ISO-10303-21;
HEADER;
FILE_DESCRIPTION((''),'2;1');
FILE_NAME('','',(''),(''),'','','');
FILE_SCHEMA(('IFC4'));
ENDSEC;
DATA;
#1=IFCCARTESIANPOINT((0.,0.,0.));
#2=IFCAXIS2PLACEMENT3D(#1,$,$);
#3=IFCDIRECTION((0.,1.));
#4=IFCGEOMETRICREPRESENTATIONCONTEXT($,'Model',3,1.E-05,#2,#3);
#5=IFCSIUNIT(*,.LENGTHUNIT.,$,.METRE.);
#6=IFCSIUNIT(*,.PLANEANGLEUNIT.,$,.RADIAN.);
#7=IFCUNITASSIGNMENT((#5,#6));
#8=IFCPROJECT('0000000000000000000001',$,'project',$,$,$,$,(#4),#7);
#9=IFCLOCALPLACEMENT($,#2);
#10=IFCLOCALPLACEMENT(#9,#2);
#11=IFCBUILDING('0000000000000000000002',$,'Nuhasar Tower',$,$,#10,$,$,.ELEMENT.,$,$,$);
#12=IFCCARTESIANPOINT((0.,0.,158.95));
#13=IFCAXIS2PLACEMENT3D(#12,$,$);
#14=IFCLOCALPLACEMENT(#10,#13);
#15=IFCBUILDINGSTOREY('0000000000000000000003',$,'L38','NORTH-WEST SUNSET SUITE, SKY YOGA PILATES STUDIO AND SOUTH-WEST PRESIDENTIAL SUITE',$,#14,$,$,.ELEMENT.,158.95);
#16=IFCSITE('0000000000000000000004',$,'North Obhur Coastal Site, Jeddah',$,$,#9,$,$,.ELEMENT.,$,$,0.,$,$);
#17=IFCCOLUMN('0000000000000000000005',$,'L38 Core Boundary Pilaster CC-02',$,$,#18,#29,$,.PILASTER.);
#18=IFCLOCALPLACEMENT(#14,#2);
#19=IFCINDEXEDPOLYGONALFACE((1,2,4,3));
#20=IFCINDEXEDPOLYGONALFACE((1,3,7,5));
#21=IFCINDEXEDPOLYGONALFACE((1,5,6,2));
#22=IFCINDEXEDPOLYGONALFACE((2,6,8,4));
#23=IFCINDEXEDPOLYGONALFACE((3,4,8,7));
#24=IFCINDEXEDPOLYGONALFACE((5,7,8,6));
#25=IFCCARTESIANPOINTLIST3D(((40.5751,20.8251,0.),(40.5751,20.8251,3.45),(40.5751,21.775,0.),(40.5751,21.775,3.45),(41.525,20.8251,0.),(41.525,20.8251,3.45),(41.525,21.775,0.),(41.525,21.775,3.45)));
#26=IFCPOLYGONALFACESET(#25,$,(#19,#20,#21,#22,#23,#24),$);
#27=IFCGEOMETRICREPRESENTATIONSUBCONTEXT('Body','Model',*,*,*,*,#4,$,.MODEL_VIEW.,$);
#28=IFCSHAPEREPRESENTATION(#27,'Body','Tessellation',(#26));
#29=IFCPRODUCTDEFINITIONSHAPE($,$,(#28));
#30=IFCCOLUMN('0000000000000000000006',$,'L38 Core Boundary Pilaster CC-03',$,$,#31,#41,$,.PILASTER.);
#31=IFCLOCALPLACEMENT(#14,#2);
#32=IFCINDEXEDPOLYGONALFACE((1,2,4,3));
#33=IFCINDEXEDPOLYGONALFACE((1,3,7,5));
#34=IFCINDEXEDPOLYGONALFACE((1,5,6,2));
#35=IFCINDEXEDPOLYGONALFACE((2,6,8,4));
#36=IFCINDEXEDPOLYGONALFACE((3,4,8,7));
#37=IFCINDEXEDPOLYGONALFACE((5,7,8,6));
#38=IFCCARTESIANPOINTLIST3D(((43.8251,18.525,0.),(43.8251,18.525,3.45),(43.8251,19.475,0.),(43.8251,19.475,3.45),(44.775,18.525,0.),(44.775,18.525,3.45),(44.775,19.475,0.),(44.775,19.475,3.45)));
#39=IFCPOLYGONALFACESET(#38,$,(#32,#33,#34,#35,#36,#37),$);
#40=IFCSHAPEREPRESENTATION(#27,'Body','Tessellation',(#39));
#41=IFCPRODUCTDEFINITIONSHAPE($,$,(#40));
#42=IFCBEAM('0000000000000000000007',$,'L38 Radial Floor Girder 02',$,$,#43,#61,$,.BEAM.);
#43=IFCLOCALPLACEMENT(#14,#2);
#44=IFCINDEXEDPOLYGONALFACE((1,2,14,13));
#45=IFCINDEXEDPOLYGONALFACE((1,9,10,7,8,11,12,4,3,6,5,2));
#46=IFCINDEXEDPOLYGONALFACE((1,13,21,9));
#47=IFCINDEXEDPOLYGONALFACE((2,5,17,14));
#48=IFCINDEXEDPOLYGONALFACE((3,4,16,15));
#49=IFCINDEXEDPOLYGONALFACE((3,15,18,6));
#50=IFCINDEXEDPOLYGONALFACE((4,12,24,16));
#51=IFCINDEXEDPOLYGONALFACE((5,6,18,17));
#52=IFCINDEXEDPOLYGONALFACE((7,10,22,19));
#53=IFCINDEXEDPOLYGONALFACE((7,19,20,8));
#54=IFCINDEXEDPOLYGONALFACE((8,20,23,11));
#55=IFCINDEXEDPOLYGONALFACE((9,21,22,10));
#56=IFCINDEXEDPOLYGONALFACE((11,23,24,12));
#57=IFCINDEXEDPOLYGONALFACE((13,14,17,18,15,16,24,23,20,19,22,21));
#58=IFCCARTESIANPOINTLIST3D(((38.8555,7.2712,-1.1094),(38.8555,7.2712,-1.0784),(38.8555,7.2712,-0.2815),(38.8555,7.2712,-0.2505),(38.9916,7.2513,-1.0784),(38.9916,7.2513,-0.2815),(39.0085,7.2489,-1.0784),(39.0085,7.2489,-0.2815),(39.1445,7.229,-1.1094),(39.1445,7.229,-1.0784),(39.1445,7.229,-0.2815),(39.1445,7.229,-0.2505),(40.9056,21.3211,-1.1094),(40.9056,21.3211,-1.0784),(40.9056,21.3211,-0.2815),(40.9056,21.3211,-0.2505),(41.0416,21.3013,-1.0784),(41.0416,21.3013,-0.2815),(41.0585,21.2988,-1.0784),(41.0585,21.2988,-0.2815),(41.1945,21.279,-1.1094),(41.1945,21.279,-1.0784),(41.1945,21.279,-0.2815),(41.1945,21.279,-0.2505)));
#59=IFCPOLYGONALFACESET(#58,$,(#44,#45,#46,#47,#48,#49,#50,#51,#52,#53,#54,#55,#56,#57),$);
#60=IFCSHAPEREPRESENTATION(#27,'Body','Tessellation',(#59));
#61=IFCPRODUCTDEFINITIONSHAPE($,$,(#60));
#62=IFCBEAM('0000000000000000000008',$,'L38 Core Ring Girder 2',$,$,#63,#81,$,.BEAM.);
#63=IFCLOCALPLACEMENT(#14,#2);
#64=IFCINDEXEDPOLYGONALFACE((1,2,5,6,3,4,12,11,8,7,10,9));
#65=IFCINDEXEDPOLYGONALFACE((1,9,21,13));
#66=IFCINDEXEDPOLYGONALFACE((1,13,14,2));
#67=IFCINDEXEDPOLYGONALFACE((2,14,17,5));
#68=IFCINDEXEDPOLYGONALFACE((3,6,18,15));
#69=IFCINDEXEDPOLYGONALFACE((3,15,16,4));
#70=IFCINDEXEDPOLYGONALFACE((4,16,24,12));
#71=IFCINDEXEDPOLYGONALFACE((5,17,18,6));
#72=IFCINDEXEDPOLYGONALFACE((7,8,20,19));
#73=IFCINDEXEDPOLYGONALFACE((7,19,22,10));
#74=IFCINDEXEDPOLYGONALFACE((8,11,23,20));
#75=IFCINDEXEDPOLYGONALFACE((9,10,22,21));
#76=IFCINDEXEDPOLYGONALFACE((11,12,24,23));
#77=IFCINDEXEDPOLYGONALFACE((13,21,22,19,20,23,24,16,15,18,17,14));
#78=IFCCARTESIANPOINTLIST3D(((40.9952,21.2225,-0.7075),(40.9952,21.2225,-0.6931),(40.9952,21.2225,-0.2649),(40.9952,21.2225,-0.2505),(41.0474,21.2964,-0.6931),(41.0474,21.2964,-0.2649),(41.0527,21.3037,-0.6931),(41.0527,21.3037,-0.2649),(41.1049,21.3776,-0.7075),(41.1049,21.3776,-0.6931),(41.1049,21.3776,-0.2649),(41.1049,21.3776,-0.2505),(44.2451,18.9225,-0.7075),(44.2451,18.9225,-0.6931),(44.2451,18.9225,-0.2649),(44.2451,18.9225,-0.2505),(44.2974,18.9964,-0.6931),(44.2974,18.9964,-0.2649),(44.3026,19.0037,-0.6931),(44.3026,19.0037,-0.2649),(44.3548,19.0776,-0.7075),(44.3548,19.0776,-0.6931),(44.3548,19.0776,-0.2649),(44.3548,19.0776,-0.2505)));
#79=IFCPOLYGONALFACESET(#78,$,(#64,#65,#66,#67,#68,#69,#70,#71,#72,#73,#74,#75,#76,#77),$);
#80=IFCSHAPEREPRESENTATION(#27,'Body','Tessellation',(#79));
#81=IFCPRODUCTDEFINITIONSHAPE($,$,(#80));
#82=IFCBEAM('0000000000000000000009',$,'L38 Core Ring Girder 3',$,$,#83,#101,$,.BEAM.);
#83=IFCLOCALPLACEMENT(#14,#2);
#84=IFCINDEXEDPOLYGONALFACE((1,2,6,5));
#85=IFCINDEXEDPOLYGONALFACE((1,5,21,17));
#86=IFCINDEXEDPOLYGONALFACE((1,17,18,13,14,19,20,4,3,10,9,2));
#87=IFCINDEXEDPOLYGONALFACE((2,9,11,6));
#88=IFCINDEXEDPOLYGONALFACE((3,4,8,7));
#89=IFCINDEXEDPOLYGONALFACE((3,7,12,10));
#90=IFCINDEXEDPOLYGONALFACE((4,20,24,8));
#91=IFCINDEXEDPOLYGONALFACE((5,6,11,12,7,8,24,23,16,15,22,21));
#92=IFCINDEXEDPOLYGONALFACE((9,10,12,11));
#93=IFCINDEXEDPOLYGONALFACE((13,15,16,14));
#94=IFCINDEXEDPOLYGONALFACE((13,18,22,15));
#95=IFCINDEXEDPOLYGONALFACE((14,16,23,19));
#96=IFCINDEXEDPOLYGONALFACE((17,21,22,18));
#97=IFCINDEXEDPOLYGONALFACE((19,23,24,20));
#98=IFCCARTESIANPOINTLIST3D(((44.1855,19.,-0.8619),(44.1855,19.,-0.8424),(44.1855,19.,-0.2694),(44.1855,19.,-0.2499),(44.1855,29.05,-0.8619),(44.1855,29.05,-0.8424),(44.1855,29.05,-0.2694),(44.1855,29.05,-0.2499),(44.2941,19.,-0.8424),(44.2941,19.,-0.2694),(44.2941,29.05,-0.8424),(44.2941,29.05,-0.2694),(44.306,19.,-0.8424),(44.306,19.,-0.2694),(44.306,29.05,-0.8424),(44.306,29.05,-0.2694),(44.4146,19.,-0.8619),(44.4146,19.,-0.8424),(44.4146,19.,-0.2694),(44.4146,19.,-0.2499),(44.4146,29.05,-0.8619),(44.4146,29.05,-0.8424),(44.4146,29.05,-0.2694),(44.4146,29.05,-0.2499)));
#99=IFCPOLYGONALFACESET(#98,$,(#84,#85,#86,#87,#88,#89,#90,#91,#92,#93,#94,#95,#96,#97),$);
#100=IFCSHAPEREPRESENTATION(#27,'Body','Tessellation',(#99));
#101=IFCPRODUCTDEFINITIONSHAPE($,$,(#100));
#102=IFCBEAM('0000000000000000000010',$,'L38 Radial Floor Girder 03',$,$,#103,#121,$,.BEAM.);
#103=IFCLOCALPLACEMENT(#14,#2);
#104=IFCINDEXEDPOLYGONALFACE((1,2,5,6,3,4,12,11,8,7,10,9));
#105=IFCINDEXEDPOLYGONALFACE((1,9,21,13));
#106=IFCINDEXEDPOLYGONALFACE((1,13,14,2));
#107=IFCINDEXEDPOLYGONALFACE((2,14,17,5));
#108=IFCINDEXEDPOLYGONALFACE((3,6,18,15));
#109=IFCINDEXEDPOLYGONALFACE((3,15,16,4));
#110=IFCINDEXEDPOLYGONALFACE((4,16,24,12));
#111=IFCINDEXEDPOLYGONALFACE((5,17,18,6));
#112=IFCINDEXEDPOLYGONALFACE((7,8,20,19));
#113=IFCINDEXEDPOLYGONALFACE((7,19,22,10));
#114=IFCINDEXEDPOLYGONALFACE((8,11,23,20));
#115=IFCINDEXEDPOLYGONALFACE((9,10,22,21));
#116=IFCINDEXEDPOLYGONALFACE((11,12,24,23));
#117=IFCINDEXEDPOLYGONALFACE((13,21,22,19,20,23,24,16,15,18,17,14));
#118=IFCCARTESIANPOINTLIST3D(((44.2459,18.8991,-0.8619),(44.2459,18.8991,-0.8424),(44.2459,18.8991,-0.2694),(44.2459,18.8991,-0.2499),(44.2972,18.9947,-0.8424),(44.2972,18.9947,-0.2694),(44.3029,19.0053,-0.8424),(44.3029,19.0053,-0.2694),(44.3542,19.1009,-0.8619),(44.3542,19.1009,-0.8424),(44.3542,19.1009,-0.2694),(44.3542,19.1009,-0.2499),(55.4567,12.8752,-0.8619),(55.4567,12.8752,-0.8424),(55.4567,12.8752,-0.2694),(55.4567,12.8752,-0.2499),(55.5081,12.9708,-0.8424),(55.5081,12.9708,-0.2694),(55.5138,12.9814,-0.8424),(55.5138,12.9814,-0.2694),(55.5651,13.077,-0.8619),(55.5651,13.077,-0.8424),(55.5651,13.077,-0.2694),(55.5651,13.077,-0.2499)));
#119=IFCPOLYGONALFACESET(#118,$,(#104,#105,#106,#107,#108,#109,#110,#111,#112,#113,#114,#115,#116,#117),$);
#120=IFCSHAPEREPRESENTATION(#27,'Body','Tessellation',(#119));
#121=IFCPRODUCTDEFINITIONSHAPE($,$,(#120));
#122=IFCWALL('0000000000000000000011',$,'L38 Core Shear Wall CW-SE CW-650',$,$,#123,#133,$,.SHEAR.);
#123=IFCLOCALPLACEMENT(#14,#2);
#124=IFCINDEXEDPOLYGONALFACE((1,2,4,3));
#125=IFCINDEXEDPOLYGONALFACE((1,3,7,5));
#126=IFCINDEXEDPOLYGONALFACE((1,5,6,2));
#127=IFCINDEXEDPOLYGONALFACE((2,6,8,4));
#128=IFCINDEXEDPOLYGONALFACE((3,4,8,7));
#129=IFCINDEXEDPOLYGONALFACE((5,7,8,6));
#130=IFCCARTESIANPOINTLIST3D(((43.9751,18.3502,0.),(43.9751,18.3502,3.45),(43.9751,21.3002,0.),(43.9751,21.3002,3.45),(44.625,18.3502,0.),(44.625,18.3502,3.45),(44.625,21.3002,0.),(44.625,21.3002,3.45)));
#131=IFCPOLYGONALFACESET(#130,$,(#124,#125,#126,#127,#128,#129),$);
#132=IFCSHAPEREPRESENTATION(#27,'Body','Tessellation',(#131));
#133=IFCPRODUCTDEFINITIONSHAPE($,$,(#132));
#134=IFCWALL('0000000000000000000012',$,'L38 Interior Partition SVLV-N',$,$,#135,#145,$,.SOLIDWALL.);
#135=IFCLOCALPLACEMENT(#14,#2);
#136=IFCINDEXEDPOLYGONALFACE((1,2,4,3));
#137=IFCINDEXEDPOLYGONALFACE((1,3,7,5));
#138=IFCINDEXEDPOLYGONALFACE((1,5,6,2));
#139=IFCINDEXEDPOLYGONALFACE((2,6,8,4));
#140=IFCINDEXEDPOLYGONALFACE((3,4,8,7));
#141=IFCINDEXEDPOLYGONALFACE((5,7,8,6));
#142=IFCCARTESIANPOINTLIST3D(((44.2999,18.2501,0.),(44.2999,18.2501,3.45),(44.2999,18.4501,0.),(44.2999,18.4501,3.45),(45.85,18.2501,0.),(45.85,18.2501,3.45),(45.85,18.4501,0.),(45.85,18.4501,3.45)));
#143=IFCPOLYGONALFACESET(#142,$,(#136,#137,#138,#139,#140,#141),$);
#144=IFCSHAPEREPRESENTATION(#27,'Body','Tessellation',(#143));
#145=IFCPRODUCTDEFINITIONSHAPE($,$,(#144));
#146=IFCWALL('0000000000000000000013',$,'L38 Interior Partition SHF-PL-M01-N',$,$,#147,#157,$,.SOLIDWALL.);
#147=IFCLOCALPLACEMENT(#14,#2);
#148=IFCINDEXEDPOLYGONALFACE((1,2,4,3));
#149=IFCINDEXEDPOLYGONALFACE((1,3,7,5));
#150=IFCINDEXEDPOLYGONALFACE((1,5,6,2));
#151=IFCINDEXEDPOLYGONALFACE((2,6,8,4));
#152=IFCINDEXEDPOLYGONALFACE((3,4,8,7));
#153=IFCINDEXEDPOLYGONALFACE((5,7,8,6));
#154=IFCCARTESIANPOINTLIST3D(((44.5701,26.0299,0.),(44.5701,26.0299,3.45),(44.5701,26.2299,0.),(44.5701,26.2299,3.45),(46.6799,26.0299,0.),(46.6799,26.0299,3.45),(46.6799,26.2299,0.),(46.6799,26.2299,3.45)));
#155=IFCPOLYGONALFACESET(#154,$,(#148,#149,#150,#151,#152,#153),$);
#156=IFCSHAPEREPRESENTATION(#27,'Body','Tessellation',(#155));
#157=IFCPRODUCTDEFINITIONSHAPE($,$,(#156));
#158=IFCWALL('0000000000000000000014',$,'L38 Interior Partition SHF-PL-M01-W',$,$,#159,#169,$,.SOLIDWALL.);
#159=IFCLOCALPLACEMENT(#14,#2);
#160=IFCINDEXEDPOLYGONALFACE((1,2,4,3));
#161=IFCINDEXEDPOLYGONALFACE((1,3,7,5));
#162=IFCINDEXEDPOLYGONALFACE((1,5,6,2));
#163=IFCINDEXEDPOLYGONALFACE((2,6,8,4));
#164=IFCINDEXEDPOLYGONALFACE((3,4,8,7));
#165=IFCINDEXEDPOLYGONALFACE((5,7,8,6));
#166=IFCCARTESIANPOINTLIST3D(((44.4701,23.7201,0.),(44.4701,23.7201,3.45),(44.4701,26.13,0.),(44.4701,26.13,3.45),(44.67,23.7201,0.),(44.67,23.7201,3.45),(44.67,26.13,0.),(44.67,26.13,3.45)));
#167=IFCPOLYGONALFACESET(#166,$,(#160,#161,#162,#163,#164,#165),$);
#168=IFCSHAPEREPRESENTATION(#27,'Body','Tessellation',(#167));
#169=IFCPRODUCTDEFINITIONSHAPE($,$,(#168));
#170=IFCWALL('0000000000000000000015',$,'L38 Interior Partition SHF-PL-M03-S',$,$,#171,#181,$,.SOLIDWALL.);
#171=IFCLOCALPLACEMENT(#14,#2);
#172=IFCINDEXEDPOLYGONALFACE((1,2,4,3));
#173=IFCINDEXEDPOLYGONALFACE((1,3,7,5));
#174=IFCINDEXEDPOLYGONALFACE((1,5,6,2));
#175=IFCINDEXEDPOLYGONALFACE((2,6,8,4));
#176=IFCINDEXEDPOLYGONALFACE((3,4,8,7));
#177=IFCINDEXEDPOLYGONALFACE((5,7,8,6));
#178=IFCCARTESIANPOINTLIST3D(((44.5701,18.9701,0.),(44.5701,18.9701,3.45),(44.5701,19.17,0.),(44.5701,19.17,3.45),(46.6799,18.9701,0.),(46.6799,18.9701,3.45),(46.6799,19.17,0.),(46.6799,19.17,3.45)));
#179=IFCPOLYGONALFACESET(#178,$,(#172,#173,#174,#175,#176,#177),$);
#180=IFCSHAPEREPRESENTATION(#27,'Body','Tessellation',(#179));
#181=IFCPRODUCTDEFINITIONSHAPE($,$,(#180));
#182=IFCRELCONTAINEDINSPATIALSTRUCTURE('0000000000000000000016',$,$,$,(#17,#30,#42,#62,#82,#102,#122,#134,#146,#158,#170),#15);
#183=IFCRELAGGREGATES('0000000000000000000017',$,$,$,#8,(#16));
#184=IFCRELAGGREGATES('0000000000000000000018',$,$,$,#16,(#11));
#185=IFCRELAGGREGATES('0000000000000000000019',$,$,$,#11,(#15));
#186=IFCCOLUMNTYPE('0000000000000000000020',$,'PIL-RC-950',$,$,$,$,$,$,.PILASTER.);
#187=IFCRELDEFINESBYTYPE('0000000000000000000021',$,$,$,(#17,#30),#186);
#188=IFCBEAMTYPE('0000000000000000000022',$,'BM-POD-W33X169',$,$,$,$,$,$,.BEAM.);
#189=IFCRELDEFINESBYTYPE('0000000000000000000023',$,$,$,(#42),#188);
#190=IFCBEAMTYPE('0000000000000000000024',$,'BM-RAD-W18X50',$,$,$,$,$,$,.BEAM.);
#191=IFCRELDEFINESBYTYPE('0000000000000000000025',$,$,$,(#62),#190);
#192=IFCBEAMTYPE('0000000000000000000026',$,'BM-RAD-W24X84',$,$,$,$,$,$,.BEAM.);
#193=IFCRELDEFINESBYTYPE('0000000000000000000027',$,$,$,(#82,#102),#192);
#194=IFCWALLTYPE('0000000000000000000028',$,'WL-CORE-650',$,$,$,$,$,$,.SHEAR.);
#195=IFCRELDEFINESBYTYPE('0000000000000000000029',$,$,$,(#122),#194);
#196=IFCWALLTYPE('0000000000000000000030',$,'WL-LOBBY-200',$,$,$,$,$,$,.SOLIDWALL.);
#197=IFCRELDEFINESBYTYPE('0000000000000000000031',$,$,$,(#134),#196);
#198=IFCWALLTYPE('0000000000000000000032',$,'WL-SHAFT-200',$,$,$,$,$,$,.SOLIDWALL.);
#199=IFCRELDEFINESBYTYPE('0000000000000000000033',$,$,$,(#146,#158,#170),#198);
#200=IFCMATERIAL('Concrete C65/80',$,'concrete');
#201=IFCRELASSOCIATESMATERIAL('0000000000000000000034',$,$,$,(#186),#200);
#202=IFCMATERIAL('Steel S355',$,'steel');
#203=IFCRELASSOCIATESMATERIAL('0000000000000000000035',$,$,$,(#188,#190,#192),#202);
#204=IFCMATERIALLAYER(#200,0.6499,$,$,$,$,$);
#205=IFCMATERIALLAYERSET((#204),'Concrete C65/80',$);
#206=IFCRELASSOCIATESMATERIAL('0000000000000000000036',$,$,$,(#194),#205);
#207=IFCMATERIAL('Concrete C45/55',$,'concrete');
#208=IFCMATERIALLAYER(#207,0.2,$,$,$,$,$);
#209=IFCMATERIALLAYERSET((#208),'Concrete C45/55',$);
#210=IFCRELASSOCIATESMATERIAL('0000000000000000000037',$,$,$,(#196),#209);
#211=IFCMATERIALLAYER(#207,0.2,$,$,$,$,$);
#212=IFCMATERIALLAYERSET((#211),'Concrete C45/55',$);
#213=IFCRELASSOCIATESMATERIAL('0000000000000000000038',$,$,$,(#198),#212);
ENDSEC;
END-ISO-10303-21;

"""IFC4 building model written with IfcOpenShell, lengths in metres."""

from ifc_helpers import new_model, si_unit, direction, frame, frame_2d, origin, origin_2d, place, context, subcontext, project, spatial, rectangle, i_section, extrude, material, layer, layer_set, material_profile, profile_set, type_object, element, save


model = new_model("IFC4")

# Units and contexts
model_context = context("Model", 3, precision=1e-05, world=origin(), true_north=direction((0.0, 1.0)))
body_context = subcontext(model_context, "Body", "Model", "MODEL_VIEW")
ifc_project = project(units=[si_unit("LENGTHUNIT", "METRE"), si_unit("PLANEANGLEUNIT", "RADIAN")], contexts=[model_context])

# Site, building, storey
site_placement = place(None, origin())
site = spatial("IfcSite", under=ifc_project, at=site_placement, Name="North Obhur Coastal Site, Jeddah", CompositionType="ELEMENT", RefElevation=0.0)
building_placement = place(site_placement, origin())
building = spatial("IfcBuilding", under=site, at=building_placement, Name="Nuhasar Tower", CompositionType="ELEMENT")
storey_placement = place(building_placement, frame((0.0, 0.0, 158.95)))
storey = spatial("IfcBuildingStorey", under=building, at=storey_placement, Name="L38", Description="NORTH-WEST SUNSET SUITE, SKY YOGA PILATES STUDIO AND SOUTH-WEST PRESIDENTIAL SUITE", CompositionType="ELEMENT", Elevation=158.95)

# Columns
ifc_material_1 = material(Name="Concrete C65/80", Category="concrete")
ifc_material_profile_1 = material_profile(ifc_material_1, rectangle(XDim=0.95, YDim=0.95, at=origin_2d()), Name="RC950X950")
ifc_profile_set_1 = profile_set([ifc_material_profile_1], Name="Concrete C65/80")
column_type = type_object("IfcColumnType", Name="PIL-RC-950", PredefinedType="PILASTER", material=ifc_profile_set_1)
for number, where, z_axis, x_axis, name in (
    (1, (41.05, 21.3, 0.0), (0.0, 0.0, 1.0), (1.0, 0.0, 0.0), "L38 Core Boundary Pilaster CC-02"),
    (2, (44.3, 19.0, 0.0), (0.0, 0.0, 1.0), (1.0, 0.0, 0.0), "L38 Core Boundary Pilaster CC-03"),
):
    element("IfcColumn", number, at=place(storey_placement, frame(where, z_axis=z_axis, x_axis=x_axis)), inside=storey, type_object=column_type, Name=name, PredefinedType="PILASTER", context=body_context, shape_type="SweptSolid", body=[
        extrude(rectangle(XDim=0.95, YDim=0.95, at=origin_2d()), origin(), (0.0, 0.0, 1.0), 3.45),
    ])

# Beams
ifc_material_2 = material(Name="Steel S355", Category="steel")
ifc_material_profile_2 = material_profile(ifc_material_2, i_section(OverallWidth=0.292, OverallDepth=0.8589, WebThickness=0.0171, FlangeThickness=0.031, at=origin_2d()), Name="W33X169")
ifc_profile_set_2 = profile_set([ifc_material_profile_2], Name="Steel S355")
beam_type_1 = type_object("IfcBeamType", Name="BM-POD-W33X169", PredefinedType="BEAM", material=ifc_profile_set_2)
beam_1_placement = place(storey_placement, frame((41.05, 21.3, -0.6799), z_axis=(-0.144382, -0.989522, 0.0), x_axis=(0.989522, -0.144382, 0.0)))
element("IfcBeam", 3, at=beam_1_placement, inside=storey, type_object=beam_type_1, Name="L38 Radial Floor Girder 02", PredefinedType="BEAM", context=body_context, shape_type="SweptSolid", body=[
    extrude(i_section(OverallWidth=0.292, OverallDepth=0.8589, WebThickness=0.0171, FlangeThickness=0.031, at=origin_2d()), origin(), (0.0, 0.0, 1.0), 14.1987),
])
ifc_material_profile_3 = material_profile(ifc_material_2, i_section(OverallWidth=0.1899, OverallDepth=0.457, WebThickness=0.009, FlangeThickness=0.0144, at=origin_2d()), Name="W18X50")
ifc_profile_set_3 = profile_set([ifc_material_profile_3], Name="Steel S355")
beam_type_2 = type_object("IfcBeamType", Name="BM-RAD-W18X50", PredefinedType="BEAM", material=ifc_profile_set_3)
beam_2_placement = place(storey_placement, frame((41.05, 21.3, -0.479), z_axis=(0.816265, -0.577677, 0.0), x_axis=(0.577677, 0.816265, 0.0)))
element("IfcBeam", 4, at=beam_2_placement, inside=storey, type_object=beam_type_2, Name="L38 Core Ring Girder 2", PredefinedType="BEAM", context=body_context, shape_type="SweptSolid", body=[
    extrude(i_section(OverallWidth=0.1899, OverallDepth=0.457, WebThickness=0.009, FlangeThickness=0.0144, at=origin_2d()), origin(), (0.0, 0.0, 1.0), 3.9814),
])
ifc_material_profile_4 = material_profile(ifc_material_2, i_section(OverallWidth=0.229, OverallDepth=0.6121, WebThickness=0.012, FlangeThickness=0.0195, at=origin_2d()), Name="W24X84")
ifc_profile_set_4 = profile_set([ifc_material_profile_4], Name="Steel S355")
beam_type_3 = type_object("IfcBeamType", Name="BM-RAD-W24X84", PredefinedType="BEAM", material=ifc_profile_set_4)
beam_3_placement = place(storey_placement, frame((44.3, 19.0, -0.5559), z_axis=(0.0, 1.0, 0.0), x_axis=(-1.0, 0.0, 0.0)))
element("IfcBeam", 5, at=beam_3_placement, inside=storey, type_object=beam_type_3, Name="L38 Core Ring Girder 3", PredefinedType="BEAM", context=body_context, shape_type="SweptSolid", body=[
    extrude(i_section(OverallWidth=0.229, OverallDepth=0.6121, WebThickness=0.012, FlangeThickness=0.0195, at=origin_2d()), origin(), (0.0, 0.0, 1.0), 10.05),
])
beam_4_placement = place(storey_placement, frame((44.3, 19.0, -0.5559), z_axis=(0.880888, -0.473324, 0.0), x_axis=(0.473324, 0.880888, 0.0)))
element("IfcBeam", 6, at=beam_4_placement, inside=storey, type_object=beam_type_3, Name="L38 Radial Floor Girder 03", PredefinedType="BEAM", context=body_context, shape_type="SweptSolid", body=[
    extrude(i_section(OverallWidth=0.229, OverallDepth=0.6121, WebThickness=0.012, FlangeThickness=0.0195, at=origin_2d()), origin(), (0.0, 0.0, 1.0), 12.7268),
])

# Wall
ifc_layer_1 = layer(ifc_material_1, 0.6499)
ifc_layer_set_1 = layer_set([ifc_layer_1], Name="Concrete C65/80")
wall_type_1 = type_object("IfcWallType", Name="WL-CORE-650", PredefinedType="SHEAR", material=ifc_layer_set_1)
wall_1_placement = place(storey_placement, frame((44.3, 18.3501, 0.0), z_axis=(0.0, 0.0, 1.0), x_axis=(0.0, 1.0, 0.0)))
element("IfcWall", 7, at=wall_1_placement, inside=storey, type_object=wall_type_1, Name="L38 Core Shear Wall CW-SE CW-650", PredefinedType="SHEAR", context=body_context, shape_type="SweptSolid", body=[
    extrude(rectangle(XDim=2.95, YDim=0.6499, at=frame_2d((1.4751, 0.0))), origin(), (0.0, 0.0, 1.0), 3.45),
])

# Shared definitions
ifc_material_3 = material(Name="Concrete C45/55", Category="concrete")
ifc_layer_2 = layer(ifc_material_3, 0.2)
ifc_layer_set_2 = layer_set([ifc_layer_2], Name="Concrete C45/55")
wall_type_2 = type_object("IfcWallType", Name="WL-LOBBY-200", PredefinedType="SOLIDWALL", material=ifc_layer_set_2)

# Wall
wall_2_placement = place(storey_placement, frame((44.3, 18.3501, 0.0), z_axis=(0.0, 0.0, 1.0), x_axis=(1.0, 0.0, 0.0)))
element("IfcWall", 8, at=wall_2_placement, inside=storey, type_object=wall_type_2, Name="L38 Interior Partition SVLV-N", PredefinedType="SOLIDWALL", context=body_context, shape_type="SweptSolid", body=[
    extrude(rectangle(XDim=1.55, YDim=0.2, at=frame_2d((0.7749, 0.0))), origin(), (0.0, 0.0, 1.0), 3.45),
])

# Shared definitions
ifc_layer_3 = layer(ifc_material_3, 0.2)
ifc_layer_set_3 = layer_set([ifc_layer_3], Name="Concrete C45/55")
wall_type_3 = type_object("IfcWallType", Name="WL-SHAFT-200", PredefinedType="SOLIDWALL", material=ifc_layer_set_3)

# Walls
wall_3_placement = place(storey_placement, frame((44.5701, 26.1299, 0.0), z_axis=(0.0, 0.0, 1.0), x_axis=(1.0, 0.0, 0.0)))
element("IfcWall", 9, at=wall_3_placement, inside=storey, type_object=wall_type_3, Name="L38 Interior Partition SHF-PL-M01-N", PredefinedType="SOLIDWALL", context=body_context, shape_type="SweptSolid", body=[
    extrude(rectangle(XDim=2.1099, YDim=0.2, at=frame_2d((1.0549, 0.0))), origin(), (0.0, 0.0, 1.0), 3.45),
])
wall_4_placement = place(storey_placement, frame((44.5701, 23.72, 0.0), z_axis=(0.0, 0.0, 1.0), x_axis=(0.0, 1.0, 0.0)))
element("IfcWall", 10, at=wall_4_placement, inside=storey, type_object=wall_type_3, Name="L38 Interior Partition SHF-PL-M01-W", PredefinedType="SOLIDWALL", context=body_context, shape_type="SweptSolid", body=[
    extrude(rectangle(XDim=2.4099, YDim=0.2, at=frame_2d((1.2051, 0.0))), origin(), (0.0, 0.0, 1.0), 3.45),
])
wall_5_placement = place(storey_placement, frame((44.5701, 19.0701, 0.0), z_axis=(0.0, 0.0, 1.0), x_axis=(1.0, 0.0, 0.0)))
element("IfcWall", 11, at=wall_5_placement, inside=storey, type_object=wall_type_3, Name="L38 Interior Partition SHF-PL-M03-S", PredefinedType="SOLIDWALL", context=body_context, shape_type="SweptSolid", body=[
    extrude(rectangle(XDim=2.1099, YDim=0.2, at=frame_2d((1.0549, 0.0))), origin(), (0.0, 0.0, 1.0), 3.45),
])

save(model, "model.ifc")
